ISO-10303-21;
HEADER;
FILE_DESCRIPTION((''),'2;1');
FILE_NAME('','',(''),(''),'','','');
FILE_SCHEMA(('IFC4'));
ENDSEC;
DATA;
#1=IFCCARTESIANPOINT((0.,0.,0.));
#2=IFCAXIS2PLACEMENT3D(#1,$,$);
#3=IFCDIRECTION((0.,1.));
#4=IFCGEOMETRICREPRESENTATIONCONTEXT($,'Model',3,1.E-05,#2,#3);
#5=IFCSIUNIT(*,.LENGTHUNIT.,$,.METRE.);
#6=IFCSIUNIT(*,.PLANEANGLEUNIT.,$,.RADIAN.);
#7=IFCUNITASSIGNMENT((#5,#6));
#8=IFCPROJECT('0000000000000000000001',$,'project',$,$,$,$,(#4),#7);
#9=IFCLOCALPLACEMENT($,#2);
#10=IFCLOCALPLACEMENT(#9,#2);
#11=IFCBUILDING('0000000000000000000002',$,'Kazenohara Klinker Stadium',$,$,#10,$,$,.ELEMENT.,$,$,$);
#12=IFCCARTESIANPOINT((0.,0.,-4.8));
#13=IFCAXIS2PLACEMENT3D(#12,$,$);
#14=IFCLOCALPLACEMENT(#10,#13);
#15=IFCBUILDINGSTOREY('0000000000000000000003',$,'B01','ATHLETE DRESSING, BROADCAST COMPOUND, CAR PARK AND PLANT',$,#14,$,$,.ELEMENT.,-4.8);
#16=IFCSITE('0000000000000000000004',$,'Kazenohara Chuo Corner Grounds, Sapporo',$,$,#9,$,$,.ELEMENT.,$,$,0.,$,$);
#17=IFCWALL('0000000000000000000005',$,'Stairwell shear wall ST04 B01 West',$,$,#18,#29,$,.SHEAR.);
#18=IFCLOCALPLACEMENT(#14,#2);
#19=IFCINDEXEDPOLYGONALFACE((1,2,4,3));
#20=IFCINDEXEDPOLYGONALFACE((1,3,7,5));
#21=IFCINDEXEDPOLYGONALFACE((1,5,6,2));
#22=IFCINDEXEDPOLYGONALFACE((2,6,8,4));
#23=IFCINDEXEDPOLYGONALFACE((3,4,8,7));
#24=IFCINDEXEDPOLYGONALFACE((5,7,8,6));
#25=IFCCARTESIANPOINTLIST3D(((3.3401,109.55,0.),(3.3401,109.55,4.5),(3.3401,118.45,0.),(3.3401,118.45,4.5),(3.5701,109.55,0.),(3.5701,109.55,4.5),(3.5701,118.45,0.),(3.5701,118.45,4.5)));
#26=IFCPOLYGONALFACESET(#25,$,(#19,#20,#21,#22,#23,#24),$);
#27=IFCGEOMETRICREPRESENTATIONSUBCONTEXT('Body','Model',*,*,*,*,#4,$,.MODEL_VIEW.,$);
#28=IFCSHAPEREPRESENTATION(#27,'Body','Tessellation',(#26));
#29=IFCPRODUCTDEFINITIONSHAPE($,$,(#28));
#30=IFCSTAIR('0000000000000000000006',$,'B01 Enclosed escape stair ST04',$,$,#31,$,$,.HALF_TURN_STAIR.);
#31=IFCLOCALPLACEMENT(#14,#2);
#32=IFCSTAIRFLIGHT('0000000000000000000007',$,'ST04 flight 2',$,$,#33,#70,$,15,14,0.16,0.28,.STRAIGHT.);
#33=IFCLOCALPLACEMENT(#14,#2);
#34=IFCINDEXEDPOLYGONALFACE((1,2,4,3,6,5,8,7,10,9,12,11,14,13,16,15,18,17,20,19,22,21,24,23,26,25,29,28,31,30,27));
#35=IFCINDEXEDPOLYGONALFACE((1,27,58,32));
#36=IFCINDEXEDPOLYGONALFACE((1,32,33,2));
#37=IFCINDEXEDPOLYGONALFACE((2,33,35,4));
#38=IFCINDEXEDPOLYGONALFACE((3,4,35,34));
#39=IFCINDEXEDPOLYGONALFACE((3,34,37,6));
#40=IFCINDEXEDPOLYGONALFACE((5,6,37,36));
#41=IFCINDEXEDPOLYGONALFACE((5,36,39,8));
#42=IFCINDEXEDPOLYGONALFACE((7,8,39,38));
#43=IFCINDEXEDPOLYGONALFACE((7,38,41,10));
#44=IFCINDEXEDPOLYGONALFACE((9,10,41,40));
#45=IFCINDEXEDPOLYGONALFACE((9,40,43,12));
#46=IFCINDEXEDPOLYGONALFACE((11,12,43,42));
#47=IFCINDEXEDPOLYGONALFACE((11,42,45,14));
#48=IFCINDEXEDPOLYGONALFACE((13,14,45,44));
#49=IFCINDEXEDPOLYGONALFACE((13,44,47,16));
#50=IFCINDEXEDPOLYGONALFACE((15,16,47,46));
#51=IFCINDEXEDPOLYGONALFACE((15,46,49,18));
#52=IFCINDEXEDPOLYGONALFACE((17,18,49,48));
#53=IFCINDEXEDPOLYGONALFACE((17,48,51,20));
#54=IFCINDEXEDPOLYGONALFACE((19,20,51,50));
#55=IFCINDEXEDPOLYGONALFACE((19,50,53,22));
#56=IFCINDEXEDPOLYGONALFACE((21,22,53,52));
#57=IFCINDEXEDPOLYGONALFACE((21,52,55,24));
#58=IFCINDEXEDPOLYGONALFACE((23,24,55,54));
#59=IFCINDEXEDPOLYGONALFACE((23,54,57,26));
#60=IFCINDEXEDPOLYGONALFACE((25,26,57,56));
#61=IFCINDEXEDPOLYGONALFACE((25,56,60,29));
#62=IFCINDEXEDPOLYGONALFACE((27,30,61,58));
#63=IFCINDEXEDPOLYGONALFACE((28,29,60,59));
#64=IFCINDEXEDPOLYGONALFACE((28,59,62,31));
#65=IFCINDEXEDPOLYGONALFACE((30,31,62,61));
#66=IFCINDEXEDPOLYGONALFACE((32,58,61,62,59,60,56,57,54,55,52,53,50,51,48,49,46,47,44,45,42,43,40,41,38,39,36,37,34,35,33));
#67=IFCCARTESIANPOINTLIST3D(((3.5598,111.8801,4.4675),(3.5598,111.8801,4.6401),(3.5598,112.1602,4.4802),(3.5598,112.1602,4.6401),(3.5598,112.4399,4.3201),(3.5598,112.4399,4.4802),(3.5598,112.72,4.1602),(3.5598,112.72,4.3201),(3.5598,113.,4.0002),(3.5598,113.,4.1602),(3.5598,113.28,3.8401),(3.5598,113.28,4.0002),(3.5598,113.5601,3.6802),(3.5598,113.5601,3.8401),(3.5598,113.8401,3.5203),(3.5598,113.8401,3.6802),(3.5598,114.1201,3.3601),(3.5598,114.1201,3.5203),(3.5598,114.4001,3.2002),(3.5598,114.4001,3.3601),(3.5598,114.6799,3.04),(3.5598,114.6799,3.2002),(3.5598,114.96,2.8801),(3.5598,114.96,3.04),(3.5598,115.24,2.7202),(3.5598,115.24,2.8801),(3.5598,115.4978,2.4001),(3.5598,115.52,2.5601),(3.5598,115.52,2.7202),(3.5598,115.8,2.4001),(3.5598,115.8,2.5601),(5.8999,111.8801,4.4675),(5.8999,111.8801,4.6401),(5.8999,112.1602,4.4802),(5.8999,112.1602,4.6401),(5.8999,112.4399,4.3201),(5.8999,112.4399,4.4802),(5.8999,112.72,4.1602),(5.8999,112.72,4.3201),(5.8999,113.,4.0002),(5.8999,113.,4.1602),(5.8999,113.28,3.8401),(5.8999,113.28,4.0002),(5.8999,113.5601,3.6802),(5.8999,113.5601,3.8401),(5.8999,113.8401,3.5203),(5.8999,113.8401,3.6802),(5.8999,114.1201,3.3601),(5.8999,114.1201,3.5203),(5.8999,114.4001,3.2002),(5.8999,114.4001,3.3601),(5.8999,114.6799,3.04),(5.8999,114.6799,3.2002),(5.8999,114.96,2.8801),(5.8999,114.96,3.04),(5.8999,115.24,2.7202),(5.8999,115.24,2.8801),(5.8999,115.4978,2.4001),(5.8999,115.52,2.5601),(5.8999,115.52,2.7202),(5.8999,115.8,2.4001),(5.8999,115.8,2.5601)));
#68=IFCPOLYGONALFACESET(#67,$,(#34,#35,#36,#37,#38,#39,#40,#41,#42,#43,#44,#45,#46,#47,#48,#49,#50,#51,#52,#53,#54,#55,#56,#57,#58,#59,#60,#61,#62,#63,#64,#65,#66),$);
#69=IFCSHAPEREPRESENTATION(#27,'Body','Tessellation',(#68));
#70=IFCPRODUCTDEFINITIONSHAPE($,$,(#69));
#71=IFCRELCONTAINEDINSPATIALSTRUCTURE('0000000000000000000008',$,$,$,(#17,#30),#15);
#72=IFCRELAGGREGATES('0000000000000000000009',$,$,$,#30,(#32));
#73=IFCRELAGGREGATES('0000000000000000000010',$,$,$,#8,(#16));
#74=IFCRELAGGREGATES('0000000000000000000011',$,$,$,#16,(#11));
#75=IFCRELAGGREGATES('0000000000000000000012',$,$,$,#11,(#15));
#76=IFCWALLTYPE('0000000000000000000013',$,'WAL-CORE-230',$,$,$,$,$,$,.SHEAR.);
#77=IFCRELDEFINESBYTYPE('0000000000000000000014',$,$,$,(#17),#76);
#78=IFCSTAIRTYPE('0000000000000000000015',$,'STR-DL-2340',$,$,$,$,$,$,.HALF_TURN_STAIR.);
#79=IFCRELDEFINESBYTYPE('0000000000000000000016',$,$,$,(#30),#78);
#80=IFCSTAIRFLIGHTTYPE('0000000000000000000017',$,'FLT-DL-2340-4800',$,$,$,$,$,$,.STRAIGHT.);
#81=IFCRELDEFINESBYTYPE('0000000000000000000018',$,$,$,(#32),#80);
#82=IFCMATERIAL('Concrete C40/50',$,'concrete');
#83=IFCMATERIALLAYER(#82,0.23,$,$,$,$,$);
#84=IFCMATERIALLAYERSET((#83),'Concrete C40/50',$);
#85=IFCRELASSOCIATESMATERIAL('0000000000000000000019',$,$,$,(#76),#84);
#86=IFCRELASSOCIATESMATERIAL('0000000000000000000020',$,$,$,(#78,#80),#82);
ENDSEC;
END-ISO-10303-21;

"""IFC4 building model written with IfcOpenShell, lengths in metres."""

from ifc_helpers import new_model, si_unit, direction, frame, frame_2d, origin, place, context, subcontext, project, spatial, polyline, rectangle, outline, extrude, material, layer, layer_set, type_object, element, aggregate, save


model = new_model("IFC4")

# Units and contexts
model_context = context("Model", 3, precision=1e-05, world=origin(), true_north=direction((0.0, 1.0)))
body_context = subcontext(model_context, "Body", "Model", "MODEL_VIEW")
ifc_project = project(units=[si_unit("LENGTHUNIT", "METRE"), si_unit("PLANEANGLEUNIT", "RADIAN")], contexts=[model_context])

# Site, building, storey
site_placement = place(None, origin())
site = spatial("IfcSite", under=ifc_project, at=site_placement, Name="Kazenohara Chuo Corner Grounds, Sapporo", CompositionType="ELEMENT", RefElevation=0.0)
building_placement = place(site_placement, origin())
building = spatial("IfcBuilding", under=site, at=building_placement, Name="Kazenohara Klinker Stadium", CompositionType="ELEMENT")
storey_placement = place(building_placement, frame((0.0, 0.0, -4.8)))
storey = spatial("IfcBuildingStorey", under=building, at=storey_placement, Name="B01", Description="ATHLETE DRESSING, BROADCAST COMPOUND, CAR PARK AND PLANT", CompositionType="ELEMENT", Elevation=-4.8)

# Shared definitions
ifc_material_1 = material(Name="Concrete C40/50", Category="concrete")

# Shared definitions
ifc_layer_1 = layer(ifc_material_1, 0.23)
ifc_layer_set_1 = layer_set([ifc_layer_1], Name="Concrete C40/50")
wall_type_1 = type_object("IfcWallType", Name="WAL-CORE-230", PredefinedType="SHEAR", material=ifc_layer_set_1)

# Wall
wall_1_placement = place(storey_placement, frame((3.4551, 109.55, 0.0), z_axis=(0.0, 0.0, 1.0), x_axis=(0.0, 1.0, 0.0)))
element("IfcWall", 1, at=wall_1_placement, inside=storey, type_object=wall_type_1, Name="Stairwell shear wall ST04 B01 West", PredefinedType="SHEAR", context=body_context, shape_type="SweptSolid", body=[
    extrude(rectangle(XDim=8.8999, YDim=0.23, at=frame_2d((4.45, 0.0))), origin(), (0.0, 0.0, 1.0), 4.5),
])

# Stair, stair flight
stair_type = type_object("IfcStairType", Name="STR-DL-2340", PredefinedType="HALF_TURN_STAIR", material=ifc_material_1)
stair_placement = place(storey_placement, origin())
stair = element("IfcStair", 2, at=stair_placement, inside=storey, type_object=stair_type, Name="B01 Enclosed escape stair ST04", PredefinedType="HALF_TURN_STAIR")
stair_flight_type = type_object("IfcStairFlightType", Name="FLT-DL-2340-4800", PredefinedType="STRAIGHT", material=ifc_material_1)
stair_flight_placement = place(storey_placement, frame((4.73, 115.8, 2.4001), z_axis=(0.0, 0.0, 1.0), x_axis=(0.0, -1.0, 0.0)))
stair_flight = element("IfcStairFlight", 3, at=stair_flight_placement, type_object=stair_flight_type, Name="ST04 flight 2", NumberOfRisers=15, NumberOfTreads=14, PredefinedType="STRAIGHT", RiserHeight=0.16, TreadLength=0.28, context=body_context, shape_type="SweptSolid", body=[
    extrude(outline(polyline([(0.0, 0.0), (0.0, 0.1599), (0.28, 0.1599), (0.28, 0.3201), (0.5601, 0.3201), (0.5601, 0.48), (0.8401, 0.48), (0.8401, 0.6399), (1.1201, 0.6399), (1.1201, 0.8), (1.3999, 0.8), (1.3999, 0.96), (1.6799, 0.96), (1.6799, 1.1201), (1.96, 1.1201), (1.96, 1.28), (2.24, 1.28), (2.24, 1.4399), (2.52, 1.4399), (2.52, 1.6001), (2.8, 1.6001), (2.8, 1.76), (3.0801, 1.76), (3.0801, 1.9199), (3.3601, 1.9199), (3.3601, 2.0801), (3.6399, 2.0801), (3.6399, 2.24), (3.9199, 2.24), (3.9199, 2.3999), (3.9199, 2.0674), (0.3022, 0.0), (0.0, 0.0)])), frame((0.0, 1.1699, 0.0), z_axis=(0.0, -1.0, 0.0), x_axis=(1.0, 0.0, 0.0)), (0.0, 0.0, 1.0), 2.3401),
])
aggregate(stair, [stair_flight])

save(model, "model.ifc")
